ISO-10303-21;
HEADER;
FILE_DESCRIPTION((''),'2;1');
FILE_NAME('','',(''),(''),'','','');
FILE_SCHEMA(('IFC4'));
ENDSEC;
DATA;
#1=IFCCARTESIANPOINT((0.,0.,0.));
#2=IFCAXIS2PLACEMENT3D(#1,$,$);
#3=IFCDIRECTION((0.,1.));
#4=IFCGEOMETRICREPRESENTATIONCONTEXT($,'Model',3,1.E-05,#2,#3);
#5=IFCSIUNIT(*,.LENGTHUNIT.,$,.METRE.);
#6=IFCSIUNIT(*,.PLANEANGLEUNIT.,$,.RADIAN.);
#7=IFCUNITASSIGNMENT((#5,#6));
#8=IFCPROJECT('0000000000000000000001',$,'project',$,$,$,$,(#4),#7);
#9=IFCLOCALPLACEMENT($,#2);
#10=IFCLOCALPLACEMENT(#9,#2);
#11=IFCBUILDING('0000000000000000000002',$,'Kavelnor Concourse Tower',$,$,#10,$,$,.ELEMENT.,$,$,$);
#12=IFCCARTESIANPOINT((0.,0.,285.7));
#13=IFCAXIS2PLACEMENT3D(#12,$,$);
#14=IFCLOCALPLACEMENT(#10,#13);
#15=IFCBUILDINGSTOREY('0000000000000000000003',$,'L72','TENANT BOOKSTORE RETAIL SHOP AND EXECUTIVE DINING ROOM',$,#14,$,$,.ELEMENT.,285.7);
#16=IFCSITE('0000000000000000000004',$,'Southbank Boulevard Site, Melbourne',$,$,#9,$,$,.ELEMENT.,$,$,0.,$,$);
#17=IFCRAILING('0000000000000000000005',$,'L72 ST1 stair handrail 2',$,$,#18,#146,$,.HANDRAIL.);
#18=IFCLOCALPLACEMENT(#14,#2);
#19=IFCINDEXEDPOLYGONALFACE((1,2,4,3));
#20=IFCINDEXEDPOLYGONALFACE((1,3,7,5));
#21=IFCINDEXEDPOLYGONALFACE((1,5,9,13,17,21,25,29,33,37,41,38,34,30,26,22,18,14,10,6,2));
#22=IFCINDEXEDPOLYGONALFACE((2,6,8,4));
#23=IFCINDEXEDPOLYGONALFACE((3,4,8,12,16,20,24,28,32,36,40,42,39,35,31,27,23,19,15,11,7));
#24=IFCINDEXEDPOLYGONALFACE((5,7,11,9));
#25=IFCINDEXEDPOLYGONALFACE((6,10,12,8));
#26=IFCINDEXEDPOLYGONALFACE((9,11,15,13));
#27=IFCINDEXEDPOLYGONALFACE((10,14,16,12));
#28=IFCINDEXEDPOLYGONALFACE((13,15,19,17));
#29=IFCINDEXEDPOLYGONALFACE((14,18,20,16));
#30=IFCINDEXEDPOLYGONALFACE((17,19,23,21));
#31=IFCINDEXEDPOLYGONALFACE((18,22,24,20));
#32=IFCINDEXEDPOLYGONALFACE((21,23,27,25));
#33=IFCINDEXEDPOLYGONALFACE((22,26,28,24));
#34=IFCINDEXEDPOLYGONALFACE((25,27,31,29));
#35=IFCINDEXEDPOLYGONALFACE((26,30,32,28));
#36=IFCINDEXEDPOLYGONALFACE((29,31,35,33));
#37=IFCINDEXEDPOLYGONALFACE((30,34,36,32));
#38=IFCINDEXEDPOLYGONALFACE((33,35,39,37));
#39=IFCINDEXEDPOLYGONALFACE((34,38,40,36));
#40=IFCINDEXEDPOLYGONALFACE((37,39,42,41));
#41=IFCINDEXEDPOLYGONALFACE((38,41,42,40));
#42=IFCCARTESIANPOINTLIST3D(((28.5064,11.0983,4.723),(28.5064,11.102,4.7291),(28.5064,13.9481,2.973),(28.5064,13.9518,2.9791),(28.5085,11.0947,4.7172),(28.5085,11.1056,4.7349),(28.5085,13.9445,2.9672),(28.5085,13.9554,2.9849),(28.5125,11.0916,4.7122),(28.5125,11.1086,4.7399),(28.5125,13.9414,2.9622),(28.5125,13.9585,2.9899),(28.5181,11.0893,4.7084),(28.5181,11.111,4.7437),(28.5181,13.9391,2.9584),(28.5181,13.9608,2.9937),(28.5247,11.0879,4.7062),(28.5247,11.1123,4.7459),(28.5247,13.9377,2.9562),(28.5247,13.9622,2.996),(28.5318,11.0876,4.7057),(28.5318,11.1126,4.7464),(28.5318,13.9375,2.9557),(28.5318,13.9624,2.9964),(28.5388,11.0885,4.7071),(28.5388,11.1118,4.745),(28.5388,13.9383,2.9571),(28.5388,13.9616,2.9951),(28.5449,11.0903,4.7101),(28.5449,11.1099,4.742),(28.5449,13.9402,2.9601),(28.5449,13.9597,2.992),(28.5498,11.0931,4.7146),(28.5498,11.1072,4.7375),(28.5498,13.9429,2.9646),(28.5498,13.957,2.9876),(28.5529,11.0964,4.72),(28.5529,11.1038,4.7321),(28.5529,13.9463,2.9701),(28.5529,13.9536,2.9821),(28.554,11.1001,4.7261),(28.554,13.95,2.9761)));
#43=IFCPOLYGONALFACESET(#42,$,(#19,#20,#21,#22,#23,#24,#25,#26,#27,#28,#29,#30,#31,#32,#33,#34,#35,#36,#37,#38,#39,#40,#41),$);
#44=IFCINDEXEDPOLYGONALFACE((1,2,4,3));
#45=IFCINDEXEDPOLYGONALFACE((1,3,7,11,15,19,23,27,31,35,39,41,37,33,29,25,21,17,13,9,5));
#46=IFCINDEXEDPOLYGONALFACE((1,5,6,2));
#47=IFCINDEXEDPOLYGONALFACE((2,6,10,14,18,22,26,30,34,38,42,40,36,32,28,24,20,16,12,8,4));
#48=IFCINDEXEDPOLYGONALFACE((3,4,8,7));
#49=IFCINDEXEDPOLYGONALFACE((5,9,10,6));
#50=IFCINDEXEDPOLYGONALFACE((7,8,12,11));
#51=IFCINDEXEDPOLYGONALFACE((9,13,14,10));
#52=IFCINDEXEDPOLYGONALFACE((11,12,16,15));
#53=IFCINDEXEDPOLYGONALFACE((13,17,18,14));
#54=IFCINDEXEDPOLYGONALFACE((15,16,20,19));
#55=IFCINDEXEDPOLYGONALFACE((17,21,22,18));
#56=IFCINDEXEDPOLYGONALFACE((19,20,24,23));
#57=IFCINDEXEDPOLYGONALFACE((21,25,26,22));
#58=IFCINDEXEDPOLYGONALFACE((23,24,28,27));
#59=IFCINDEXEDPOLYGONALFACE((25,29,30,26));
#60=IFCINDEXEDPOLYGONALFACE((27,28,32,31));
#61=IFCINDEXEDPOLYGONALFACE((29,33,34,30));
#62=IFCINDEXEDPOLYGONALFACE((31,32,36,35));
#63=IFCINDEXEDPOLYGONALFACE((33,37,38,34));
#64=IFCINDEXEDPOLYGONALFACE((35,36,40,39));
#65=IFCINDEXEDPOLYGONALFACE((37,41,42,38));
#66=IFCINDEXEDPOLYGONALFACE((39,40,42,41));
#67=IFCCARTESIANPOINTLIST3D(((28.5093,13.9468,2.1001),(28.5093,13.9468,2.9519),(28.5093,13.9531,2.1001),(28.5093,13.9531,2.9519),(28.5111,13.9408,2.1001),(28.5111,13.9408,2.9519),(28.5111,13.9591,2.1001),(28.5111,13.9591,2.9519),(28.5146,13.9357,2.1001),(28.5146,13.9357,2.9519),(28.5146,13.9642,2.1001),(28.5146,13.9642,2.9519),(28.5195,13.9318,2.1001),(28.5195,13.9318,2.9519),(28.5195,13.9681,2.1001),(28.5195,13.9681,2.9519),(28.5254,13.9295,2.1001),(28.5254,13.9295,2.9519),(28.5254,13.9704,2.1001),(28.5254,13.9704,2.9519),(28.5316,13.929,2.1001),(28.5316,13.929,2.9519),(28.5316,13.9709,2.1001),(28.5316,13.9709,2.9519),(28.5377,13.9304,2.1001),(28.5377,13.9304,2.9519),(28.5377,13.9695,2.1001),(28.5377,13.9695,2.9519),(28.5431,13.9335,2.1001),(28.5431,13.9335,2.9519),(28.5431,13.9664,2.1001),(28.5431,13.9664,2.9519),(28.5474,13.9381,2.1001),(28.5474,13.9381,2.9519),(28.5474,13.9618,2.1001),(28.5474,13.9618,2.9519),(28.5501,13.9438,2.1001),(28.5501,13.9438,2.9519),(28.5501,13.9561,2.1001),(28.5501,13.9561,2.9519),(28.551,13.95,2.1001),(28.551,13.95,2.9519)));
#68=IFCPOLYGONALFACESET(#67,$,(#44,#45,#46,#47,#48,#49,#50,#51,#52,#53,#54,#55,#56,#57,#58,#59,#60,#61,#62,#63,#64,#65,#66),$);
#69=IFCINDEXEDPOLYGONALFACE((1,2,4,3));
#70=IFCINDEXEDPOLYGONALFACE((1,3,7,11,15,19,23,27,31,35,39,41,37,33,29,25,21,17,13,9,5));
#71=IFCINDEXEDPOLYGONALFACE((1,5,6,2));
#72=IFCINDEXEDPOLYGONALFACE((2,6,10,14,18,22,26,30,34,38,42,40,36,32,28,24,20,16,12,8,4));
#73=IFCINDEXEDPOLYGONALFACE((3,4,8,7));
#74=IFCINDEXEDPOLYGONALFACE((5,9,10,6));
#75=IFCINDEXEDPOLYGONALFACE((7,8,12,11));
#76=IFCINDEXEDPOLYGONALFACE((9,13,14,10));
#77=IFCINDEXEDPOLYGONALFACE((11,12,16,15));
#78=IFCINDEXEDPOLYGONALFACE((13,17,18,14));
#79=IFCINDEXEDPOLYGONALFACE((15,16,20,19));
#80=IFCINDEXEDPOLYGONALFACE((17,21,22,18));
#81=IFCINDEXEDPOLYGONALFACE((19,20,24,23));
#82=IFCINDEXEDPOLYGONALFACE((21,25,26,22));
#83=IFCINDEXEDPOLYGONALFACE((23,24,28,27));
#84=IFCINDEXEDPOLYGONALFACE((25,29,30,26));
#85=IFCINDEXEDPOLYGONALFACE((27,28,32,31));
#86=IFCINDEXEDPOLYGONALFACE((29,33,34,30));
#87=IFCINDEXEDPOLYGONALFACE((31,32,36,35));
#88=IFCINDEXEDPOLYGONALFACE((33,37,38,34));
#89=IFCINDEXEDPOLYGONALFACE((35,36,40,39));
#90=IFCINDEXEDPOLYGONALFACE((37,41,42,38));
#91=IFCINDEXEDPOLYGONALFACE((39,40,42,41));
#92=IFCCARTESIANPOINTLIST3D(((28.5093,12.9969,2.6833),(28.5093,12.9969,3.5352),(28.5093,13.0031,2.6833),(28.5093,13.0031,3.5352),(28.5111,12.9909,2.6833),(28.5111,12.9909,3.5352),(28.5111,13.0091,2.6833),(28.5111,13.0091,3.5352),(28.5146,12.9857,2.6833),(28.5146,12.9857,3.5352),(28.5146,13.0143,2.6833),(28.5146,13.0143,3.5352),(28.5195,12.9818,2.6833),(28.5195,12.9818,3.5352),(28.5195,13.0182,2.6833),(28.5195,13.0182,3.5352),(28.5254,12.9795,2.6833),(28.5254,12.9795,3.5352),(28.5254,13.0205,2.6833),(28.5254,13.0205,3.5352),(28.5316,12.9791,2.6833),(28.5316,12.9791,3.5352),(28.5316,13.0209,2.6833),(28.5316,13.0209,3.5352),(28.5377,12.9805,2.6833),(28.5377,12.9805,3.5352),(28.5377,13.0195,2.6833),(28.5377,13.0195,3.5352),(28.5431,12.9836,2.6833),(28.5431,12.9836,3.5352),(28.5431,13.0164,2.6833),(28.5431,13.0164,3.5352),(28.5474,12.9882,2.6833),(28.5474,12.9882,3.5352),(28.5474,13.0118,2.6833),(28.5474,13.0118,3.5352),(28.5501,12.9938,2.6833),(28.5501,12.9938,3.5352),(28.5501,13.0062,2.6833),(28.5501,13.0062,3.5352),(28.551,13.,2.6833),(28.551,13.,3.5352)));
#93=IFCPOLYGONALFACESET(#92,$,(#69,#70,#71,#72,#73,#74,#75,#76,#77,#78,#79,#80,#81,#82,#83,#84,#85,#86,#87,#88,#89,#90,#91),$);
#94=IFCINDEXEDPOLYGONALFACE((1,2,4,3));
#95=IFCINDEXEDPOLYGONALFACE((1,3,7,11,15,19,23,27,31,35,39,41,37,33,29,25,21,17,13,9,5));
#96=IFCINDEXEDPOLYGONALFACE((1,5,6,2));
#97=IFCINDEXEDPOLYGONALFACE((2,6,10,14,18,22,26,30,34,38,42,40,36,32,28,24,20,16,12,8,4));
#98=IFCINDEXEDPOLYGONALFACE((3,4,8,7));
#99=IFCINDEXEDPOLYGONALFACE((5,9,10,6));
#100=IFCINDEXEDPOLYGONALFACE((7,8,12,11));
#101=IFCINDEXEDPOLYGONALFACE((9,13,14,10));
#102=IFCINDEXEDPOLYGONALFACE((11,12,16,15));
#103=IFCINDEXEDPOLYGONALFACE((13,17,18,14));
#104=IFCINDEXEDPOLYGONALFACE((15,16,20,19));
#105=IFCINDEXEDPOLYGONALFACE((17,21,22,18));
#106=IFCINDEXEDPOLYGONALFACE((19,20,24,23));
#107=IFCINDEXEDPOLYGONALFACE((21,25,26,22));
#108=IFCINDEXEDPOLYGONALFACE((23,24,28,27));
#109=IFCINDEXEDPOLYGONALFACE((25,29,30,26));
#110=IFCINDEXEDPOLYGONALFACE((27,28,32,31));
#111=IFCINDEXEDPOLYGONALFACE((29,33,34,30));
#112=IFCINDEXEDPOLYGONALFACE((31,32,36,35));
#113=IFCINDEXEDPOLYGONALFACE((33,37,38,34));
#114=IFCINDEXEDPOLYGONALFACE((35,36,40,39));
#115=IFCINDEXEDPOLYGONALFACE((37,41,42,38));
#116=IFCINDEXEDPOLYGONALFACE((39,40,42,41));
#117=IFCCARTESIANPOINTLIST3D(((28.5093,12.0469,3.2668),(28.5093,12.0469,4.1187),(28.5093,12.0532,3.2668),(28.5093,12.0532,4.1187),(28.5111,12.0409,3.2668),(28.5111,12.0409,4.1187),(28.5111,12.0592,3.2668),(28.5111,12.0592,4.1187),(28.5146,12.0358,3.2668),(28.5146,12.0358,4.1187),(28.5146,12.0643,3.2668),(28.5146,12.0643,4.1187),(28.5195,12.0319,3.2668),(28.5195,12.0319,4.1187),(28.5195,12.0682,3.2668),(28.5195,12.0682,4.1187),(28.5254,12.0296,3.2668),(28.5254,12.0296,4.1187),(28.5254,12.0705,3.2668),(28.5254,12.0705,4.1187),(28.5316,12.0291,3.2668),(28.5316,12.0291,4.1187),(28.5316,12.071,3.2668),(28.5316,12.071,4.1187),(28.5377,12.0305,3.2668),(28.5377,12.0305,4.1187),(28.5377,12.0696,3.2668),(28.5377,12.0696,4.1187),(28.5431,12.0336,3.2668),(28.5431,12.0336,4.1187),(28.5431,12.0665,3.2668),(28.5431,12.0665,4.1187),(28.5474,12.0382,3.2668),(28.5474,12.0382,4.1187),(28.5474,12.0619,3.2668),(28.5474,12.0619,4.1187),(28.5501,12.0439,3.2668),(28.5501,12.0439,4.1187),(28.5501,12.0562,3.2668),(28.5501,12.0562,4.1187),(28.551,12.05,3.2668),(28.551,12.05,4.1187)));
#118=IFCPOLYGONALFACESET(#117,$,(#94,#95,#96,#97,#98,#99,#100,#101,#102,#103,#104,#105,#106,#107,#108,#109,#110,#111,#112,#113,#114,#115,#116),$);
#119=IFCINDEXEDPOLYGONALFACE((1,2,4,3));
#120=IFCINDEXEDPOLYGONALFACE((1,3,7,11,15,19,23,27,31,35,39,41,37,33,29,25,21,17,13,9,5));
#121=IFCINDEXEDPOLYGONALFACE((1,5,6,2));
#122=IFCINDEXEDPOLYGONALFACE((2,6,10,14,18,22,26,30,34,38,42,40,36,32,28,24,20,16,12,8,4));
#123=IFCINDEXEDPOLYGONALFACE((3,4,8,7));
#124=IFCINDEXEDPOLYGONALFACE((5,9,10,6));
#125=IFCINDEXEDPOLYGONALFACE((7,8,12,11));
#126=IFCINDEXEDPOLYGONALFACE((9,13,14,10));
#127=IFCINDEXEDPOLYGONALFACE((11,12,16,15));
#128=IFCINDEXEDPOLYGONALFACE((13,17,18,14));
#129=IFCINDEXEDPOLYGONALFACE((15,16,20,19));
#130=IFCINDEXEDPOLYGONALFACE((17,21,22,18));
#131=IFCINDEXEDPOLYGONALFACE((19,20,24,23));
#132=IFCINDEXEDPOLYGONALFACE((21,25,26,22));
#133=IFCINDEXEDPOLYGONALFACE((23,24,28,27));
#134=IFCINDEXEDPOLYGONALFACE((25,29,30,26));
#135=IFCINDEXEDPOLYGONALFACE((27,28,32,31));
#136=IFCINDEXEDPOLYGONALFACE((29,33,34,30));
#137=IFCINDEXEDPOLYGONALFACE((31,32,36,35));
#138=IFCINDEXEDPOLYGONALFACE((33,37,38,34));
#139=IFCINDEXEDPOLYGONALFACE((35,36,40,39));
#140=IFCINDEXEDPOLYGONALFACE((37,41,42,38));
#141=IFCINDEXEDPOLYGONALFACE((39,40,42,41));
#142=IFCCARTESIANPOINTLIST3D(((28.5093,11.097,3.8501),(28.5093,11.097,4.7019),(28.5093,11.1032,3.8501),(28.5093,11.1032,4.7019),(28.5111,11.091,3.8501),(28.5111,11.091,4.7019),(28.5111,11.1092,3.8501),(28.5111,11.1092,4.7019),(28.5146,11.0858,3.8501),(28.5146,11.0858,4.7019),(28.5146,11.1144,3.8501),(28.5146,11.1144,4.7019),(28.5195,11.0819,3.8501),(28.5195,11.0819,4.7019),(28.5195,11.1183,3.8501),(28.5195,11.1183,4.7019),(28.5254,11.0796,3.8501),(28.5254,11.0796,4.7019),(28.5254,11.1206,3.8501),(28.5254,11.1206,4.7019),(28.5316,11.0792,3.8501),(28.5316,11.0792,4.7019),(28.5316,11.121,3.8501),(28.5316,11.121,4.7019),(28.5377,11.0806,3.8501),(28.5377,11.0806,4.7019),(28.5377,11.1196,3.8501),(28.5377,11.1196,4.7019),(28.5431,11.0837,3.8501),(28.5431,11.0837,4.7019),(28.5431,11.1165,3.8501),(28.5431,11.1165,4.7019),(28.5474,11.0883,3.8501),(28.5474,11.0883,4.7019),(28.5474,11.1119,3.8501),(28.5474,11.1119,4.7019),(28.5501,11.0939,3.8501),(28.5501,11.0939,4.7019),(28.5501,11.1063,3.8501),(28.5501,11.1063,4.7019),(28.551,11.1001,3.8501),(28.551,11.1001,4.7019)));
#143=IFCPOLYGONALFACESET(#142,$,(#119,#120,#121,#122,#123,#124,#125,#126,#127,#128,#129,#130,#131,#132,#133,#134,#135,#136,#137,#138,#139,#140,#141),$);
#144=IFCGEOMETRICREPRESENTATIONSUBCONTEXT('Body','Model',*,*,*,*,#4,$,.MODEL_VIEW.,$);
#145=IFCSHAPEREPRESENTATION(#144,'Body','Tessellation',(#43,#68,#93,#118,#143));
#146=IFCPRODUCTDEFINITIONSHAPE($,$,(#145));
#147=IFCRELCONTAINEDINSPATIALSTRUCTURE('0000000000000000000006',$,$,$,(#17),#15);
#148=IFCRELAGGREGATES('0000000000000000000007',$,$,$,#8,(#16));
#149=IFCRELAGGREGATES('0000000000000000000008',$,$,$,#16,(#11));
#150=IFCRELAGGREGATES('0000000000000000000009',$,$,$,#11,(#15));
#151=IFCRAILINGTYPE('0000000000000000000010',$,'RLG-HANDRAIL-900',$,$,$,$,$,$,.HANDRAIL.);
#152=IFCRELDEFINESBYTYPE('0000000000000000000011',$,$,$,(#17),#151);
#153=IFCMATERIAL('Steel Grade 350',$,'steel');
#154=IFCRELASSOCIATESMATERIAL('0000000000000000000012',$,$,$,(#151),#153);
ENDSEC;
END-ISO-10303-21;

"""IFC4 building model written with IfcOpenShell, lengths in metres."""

from ifc_helpers import new_model, si_unit, direction, frame, origin, origin_2d, place, context, subcontext, project, spatial, circle, extrude, material, type_object, element, save


model = new_model("IFC4")

# Units and contexts
model_context = context("Model", 3, precision=1e-05, world=origin(), true_north=direction((0.0, 1.0)))
body_context = subcontext(model_context, "Body", "Model", "MODEL_VIEW")
ifc_project = project(units=[si_unit("LENGTHUNIT", "METRE"), si_unit("PLANEANGLEUNIT", "RADIAN")], contexts=[model_context])

# Site, building, storey
site_placement = place(None, origin())
site = spatial("IfcSite", under=ifc_project, at=site_placement, Name="Southbank Boulevard Site, Melbourne", CompositionType="ELEMENT", RefElevation=0.0)
building_placement = place(site_placement, origin())
building = spatial("IfcBuilding", under=site, at=building_placement, Name="Kavelnor Concourse Tower", CompositionType="ELEMENT")
storey_placement = place(building_placement, frame((0.0, 0.0, 285.7)))
storey = spatial("IfcBuildingStorey", under=building, at=storey_placement, Name="L72", Description="TENANT BOOKSTORE RETAIL SHOP AND EXECUTIVE DINING ROOM", CompositionType="ELEMENT", Elevation=285.7)

# Shared definitions
ifc_material_1 = material(Name="Steel Grade 350", Category="steel")

# Railing
railing_type_1 = type_object("IfcRailingType", Name="RLG-HANDRAIL-900", PredefinedType="HANDRAIL", material=ifc_material_1)
railing_1_placement = place(storey_placement, frame((28.53, 13.95, 2.1001)))
element("IfcRailing", 1, at=railing_1_placement, inside=storey, type_object=railing_type_1, Name="L72 ST1 stair handrail 2", PredefinedType="HANDRAIL", context=body_context, shape_type="SweptSolid", body=[
    extrude(circle(Radius=0.0239, at=origin_2d()), frame((0.0, 0.0, 0.876), z_axis=(0.0, -0.852159, 0.523283), x_axis=(1.0, 0.0, 0.0)), (0.0, 0.0, 1.0), 3.3442),
    extrude(circle(Radius=0.021, at=origin_2d()), origin(), (0.0, 0.0, 1.0), 0.8518),
    extrude(circle(Radius=0.021, at=origin_2d()), frame((0.0, -0.95, 0.5833)), (0.0, 0.0, 1.0), 0.8518),
    extrude(circle(Radius=0.021, at=origin_2d()), frame((0.0, -1.8999, 1.1667)), (0.0, 0.0, 1.0), 0.8518),
    extrude(circle(Radius=0.021, at=origin_2d()), frame((0.0, -2.8499, 1.75)), (0.0, 0.0, 1.0), 0.8518),
])

save(model, "model.ifc")
